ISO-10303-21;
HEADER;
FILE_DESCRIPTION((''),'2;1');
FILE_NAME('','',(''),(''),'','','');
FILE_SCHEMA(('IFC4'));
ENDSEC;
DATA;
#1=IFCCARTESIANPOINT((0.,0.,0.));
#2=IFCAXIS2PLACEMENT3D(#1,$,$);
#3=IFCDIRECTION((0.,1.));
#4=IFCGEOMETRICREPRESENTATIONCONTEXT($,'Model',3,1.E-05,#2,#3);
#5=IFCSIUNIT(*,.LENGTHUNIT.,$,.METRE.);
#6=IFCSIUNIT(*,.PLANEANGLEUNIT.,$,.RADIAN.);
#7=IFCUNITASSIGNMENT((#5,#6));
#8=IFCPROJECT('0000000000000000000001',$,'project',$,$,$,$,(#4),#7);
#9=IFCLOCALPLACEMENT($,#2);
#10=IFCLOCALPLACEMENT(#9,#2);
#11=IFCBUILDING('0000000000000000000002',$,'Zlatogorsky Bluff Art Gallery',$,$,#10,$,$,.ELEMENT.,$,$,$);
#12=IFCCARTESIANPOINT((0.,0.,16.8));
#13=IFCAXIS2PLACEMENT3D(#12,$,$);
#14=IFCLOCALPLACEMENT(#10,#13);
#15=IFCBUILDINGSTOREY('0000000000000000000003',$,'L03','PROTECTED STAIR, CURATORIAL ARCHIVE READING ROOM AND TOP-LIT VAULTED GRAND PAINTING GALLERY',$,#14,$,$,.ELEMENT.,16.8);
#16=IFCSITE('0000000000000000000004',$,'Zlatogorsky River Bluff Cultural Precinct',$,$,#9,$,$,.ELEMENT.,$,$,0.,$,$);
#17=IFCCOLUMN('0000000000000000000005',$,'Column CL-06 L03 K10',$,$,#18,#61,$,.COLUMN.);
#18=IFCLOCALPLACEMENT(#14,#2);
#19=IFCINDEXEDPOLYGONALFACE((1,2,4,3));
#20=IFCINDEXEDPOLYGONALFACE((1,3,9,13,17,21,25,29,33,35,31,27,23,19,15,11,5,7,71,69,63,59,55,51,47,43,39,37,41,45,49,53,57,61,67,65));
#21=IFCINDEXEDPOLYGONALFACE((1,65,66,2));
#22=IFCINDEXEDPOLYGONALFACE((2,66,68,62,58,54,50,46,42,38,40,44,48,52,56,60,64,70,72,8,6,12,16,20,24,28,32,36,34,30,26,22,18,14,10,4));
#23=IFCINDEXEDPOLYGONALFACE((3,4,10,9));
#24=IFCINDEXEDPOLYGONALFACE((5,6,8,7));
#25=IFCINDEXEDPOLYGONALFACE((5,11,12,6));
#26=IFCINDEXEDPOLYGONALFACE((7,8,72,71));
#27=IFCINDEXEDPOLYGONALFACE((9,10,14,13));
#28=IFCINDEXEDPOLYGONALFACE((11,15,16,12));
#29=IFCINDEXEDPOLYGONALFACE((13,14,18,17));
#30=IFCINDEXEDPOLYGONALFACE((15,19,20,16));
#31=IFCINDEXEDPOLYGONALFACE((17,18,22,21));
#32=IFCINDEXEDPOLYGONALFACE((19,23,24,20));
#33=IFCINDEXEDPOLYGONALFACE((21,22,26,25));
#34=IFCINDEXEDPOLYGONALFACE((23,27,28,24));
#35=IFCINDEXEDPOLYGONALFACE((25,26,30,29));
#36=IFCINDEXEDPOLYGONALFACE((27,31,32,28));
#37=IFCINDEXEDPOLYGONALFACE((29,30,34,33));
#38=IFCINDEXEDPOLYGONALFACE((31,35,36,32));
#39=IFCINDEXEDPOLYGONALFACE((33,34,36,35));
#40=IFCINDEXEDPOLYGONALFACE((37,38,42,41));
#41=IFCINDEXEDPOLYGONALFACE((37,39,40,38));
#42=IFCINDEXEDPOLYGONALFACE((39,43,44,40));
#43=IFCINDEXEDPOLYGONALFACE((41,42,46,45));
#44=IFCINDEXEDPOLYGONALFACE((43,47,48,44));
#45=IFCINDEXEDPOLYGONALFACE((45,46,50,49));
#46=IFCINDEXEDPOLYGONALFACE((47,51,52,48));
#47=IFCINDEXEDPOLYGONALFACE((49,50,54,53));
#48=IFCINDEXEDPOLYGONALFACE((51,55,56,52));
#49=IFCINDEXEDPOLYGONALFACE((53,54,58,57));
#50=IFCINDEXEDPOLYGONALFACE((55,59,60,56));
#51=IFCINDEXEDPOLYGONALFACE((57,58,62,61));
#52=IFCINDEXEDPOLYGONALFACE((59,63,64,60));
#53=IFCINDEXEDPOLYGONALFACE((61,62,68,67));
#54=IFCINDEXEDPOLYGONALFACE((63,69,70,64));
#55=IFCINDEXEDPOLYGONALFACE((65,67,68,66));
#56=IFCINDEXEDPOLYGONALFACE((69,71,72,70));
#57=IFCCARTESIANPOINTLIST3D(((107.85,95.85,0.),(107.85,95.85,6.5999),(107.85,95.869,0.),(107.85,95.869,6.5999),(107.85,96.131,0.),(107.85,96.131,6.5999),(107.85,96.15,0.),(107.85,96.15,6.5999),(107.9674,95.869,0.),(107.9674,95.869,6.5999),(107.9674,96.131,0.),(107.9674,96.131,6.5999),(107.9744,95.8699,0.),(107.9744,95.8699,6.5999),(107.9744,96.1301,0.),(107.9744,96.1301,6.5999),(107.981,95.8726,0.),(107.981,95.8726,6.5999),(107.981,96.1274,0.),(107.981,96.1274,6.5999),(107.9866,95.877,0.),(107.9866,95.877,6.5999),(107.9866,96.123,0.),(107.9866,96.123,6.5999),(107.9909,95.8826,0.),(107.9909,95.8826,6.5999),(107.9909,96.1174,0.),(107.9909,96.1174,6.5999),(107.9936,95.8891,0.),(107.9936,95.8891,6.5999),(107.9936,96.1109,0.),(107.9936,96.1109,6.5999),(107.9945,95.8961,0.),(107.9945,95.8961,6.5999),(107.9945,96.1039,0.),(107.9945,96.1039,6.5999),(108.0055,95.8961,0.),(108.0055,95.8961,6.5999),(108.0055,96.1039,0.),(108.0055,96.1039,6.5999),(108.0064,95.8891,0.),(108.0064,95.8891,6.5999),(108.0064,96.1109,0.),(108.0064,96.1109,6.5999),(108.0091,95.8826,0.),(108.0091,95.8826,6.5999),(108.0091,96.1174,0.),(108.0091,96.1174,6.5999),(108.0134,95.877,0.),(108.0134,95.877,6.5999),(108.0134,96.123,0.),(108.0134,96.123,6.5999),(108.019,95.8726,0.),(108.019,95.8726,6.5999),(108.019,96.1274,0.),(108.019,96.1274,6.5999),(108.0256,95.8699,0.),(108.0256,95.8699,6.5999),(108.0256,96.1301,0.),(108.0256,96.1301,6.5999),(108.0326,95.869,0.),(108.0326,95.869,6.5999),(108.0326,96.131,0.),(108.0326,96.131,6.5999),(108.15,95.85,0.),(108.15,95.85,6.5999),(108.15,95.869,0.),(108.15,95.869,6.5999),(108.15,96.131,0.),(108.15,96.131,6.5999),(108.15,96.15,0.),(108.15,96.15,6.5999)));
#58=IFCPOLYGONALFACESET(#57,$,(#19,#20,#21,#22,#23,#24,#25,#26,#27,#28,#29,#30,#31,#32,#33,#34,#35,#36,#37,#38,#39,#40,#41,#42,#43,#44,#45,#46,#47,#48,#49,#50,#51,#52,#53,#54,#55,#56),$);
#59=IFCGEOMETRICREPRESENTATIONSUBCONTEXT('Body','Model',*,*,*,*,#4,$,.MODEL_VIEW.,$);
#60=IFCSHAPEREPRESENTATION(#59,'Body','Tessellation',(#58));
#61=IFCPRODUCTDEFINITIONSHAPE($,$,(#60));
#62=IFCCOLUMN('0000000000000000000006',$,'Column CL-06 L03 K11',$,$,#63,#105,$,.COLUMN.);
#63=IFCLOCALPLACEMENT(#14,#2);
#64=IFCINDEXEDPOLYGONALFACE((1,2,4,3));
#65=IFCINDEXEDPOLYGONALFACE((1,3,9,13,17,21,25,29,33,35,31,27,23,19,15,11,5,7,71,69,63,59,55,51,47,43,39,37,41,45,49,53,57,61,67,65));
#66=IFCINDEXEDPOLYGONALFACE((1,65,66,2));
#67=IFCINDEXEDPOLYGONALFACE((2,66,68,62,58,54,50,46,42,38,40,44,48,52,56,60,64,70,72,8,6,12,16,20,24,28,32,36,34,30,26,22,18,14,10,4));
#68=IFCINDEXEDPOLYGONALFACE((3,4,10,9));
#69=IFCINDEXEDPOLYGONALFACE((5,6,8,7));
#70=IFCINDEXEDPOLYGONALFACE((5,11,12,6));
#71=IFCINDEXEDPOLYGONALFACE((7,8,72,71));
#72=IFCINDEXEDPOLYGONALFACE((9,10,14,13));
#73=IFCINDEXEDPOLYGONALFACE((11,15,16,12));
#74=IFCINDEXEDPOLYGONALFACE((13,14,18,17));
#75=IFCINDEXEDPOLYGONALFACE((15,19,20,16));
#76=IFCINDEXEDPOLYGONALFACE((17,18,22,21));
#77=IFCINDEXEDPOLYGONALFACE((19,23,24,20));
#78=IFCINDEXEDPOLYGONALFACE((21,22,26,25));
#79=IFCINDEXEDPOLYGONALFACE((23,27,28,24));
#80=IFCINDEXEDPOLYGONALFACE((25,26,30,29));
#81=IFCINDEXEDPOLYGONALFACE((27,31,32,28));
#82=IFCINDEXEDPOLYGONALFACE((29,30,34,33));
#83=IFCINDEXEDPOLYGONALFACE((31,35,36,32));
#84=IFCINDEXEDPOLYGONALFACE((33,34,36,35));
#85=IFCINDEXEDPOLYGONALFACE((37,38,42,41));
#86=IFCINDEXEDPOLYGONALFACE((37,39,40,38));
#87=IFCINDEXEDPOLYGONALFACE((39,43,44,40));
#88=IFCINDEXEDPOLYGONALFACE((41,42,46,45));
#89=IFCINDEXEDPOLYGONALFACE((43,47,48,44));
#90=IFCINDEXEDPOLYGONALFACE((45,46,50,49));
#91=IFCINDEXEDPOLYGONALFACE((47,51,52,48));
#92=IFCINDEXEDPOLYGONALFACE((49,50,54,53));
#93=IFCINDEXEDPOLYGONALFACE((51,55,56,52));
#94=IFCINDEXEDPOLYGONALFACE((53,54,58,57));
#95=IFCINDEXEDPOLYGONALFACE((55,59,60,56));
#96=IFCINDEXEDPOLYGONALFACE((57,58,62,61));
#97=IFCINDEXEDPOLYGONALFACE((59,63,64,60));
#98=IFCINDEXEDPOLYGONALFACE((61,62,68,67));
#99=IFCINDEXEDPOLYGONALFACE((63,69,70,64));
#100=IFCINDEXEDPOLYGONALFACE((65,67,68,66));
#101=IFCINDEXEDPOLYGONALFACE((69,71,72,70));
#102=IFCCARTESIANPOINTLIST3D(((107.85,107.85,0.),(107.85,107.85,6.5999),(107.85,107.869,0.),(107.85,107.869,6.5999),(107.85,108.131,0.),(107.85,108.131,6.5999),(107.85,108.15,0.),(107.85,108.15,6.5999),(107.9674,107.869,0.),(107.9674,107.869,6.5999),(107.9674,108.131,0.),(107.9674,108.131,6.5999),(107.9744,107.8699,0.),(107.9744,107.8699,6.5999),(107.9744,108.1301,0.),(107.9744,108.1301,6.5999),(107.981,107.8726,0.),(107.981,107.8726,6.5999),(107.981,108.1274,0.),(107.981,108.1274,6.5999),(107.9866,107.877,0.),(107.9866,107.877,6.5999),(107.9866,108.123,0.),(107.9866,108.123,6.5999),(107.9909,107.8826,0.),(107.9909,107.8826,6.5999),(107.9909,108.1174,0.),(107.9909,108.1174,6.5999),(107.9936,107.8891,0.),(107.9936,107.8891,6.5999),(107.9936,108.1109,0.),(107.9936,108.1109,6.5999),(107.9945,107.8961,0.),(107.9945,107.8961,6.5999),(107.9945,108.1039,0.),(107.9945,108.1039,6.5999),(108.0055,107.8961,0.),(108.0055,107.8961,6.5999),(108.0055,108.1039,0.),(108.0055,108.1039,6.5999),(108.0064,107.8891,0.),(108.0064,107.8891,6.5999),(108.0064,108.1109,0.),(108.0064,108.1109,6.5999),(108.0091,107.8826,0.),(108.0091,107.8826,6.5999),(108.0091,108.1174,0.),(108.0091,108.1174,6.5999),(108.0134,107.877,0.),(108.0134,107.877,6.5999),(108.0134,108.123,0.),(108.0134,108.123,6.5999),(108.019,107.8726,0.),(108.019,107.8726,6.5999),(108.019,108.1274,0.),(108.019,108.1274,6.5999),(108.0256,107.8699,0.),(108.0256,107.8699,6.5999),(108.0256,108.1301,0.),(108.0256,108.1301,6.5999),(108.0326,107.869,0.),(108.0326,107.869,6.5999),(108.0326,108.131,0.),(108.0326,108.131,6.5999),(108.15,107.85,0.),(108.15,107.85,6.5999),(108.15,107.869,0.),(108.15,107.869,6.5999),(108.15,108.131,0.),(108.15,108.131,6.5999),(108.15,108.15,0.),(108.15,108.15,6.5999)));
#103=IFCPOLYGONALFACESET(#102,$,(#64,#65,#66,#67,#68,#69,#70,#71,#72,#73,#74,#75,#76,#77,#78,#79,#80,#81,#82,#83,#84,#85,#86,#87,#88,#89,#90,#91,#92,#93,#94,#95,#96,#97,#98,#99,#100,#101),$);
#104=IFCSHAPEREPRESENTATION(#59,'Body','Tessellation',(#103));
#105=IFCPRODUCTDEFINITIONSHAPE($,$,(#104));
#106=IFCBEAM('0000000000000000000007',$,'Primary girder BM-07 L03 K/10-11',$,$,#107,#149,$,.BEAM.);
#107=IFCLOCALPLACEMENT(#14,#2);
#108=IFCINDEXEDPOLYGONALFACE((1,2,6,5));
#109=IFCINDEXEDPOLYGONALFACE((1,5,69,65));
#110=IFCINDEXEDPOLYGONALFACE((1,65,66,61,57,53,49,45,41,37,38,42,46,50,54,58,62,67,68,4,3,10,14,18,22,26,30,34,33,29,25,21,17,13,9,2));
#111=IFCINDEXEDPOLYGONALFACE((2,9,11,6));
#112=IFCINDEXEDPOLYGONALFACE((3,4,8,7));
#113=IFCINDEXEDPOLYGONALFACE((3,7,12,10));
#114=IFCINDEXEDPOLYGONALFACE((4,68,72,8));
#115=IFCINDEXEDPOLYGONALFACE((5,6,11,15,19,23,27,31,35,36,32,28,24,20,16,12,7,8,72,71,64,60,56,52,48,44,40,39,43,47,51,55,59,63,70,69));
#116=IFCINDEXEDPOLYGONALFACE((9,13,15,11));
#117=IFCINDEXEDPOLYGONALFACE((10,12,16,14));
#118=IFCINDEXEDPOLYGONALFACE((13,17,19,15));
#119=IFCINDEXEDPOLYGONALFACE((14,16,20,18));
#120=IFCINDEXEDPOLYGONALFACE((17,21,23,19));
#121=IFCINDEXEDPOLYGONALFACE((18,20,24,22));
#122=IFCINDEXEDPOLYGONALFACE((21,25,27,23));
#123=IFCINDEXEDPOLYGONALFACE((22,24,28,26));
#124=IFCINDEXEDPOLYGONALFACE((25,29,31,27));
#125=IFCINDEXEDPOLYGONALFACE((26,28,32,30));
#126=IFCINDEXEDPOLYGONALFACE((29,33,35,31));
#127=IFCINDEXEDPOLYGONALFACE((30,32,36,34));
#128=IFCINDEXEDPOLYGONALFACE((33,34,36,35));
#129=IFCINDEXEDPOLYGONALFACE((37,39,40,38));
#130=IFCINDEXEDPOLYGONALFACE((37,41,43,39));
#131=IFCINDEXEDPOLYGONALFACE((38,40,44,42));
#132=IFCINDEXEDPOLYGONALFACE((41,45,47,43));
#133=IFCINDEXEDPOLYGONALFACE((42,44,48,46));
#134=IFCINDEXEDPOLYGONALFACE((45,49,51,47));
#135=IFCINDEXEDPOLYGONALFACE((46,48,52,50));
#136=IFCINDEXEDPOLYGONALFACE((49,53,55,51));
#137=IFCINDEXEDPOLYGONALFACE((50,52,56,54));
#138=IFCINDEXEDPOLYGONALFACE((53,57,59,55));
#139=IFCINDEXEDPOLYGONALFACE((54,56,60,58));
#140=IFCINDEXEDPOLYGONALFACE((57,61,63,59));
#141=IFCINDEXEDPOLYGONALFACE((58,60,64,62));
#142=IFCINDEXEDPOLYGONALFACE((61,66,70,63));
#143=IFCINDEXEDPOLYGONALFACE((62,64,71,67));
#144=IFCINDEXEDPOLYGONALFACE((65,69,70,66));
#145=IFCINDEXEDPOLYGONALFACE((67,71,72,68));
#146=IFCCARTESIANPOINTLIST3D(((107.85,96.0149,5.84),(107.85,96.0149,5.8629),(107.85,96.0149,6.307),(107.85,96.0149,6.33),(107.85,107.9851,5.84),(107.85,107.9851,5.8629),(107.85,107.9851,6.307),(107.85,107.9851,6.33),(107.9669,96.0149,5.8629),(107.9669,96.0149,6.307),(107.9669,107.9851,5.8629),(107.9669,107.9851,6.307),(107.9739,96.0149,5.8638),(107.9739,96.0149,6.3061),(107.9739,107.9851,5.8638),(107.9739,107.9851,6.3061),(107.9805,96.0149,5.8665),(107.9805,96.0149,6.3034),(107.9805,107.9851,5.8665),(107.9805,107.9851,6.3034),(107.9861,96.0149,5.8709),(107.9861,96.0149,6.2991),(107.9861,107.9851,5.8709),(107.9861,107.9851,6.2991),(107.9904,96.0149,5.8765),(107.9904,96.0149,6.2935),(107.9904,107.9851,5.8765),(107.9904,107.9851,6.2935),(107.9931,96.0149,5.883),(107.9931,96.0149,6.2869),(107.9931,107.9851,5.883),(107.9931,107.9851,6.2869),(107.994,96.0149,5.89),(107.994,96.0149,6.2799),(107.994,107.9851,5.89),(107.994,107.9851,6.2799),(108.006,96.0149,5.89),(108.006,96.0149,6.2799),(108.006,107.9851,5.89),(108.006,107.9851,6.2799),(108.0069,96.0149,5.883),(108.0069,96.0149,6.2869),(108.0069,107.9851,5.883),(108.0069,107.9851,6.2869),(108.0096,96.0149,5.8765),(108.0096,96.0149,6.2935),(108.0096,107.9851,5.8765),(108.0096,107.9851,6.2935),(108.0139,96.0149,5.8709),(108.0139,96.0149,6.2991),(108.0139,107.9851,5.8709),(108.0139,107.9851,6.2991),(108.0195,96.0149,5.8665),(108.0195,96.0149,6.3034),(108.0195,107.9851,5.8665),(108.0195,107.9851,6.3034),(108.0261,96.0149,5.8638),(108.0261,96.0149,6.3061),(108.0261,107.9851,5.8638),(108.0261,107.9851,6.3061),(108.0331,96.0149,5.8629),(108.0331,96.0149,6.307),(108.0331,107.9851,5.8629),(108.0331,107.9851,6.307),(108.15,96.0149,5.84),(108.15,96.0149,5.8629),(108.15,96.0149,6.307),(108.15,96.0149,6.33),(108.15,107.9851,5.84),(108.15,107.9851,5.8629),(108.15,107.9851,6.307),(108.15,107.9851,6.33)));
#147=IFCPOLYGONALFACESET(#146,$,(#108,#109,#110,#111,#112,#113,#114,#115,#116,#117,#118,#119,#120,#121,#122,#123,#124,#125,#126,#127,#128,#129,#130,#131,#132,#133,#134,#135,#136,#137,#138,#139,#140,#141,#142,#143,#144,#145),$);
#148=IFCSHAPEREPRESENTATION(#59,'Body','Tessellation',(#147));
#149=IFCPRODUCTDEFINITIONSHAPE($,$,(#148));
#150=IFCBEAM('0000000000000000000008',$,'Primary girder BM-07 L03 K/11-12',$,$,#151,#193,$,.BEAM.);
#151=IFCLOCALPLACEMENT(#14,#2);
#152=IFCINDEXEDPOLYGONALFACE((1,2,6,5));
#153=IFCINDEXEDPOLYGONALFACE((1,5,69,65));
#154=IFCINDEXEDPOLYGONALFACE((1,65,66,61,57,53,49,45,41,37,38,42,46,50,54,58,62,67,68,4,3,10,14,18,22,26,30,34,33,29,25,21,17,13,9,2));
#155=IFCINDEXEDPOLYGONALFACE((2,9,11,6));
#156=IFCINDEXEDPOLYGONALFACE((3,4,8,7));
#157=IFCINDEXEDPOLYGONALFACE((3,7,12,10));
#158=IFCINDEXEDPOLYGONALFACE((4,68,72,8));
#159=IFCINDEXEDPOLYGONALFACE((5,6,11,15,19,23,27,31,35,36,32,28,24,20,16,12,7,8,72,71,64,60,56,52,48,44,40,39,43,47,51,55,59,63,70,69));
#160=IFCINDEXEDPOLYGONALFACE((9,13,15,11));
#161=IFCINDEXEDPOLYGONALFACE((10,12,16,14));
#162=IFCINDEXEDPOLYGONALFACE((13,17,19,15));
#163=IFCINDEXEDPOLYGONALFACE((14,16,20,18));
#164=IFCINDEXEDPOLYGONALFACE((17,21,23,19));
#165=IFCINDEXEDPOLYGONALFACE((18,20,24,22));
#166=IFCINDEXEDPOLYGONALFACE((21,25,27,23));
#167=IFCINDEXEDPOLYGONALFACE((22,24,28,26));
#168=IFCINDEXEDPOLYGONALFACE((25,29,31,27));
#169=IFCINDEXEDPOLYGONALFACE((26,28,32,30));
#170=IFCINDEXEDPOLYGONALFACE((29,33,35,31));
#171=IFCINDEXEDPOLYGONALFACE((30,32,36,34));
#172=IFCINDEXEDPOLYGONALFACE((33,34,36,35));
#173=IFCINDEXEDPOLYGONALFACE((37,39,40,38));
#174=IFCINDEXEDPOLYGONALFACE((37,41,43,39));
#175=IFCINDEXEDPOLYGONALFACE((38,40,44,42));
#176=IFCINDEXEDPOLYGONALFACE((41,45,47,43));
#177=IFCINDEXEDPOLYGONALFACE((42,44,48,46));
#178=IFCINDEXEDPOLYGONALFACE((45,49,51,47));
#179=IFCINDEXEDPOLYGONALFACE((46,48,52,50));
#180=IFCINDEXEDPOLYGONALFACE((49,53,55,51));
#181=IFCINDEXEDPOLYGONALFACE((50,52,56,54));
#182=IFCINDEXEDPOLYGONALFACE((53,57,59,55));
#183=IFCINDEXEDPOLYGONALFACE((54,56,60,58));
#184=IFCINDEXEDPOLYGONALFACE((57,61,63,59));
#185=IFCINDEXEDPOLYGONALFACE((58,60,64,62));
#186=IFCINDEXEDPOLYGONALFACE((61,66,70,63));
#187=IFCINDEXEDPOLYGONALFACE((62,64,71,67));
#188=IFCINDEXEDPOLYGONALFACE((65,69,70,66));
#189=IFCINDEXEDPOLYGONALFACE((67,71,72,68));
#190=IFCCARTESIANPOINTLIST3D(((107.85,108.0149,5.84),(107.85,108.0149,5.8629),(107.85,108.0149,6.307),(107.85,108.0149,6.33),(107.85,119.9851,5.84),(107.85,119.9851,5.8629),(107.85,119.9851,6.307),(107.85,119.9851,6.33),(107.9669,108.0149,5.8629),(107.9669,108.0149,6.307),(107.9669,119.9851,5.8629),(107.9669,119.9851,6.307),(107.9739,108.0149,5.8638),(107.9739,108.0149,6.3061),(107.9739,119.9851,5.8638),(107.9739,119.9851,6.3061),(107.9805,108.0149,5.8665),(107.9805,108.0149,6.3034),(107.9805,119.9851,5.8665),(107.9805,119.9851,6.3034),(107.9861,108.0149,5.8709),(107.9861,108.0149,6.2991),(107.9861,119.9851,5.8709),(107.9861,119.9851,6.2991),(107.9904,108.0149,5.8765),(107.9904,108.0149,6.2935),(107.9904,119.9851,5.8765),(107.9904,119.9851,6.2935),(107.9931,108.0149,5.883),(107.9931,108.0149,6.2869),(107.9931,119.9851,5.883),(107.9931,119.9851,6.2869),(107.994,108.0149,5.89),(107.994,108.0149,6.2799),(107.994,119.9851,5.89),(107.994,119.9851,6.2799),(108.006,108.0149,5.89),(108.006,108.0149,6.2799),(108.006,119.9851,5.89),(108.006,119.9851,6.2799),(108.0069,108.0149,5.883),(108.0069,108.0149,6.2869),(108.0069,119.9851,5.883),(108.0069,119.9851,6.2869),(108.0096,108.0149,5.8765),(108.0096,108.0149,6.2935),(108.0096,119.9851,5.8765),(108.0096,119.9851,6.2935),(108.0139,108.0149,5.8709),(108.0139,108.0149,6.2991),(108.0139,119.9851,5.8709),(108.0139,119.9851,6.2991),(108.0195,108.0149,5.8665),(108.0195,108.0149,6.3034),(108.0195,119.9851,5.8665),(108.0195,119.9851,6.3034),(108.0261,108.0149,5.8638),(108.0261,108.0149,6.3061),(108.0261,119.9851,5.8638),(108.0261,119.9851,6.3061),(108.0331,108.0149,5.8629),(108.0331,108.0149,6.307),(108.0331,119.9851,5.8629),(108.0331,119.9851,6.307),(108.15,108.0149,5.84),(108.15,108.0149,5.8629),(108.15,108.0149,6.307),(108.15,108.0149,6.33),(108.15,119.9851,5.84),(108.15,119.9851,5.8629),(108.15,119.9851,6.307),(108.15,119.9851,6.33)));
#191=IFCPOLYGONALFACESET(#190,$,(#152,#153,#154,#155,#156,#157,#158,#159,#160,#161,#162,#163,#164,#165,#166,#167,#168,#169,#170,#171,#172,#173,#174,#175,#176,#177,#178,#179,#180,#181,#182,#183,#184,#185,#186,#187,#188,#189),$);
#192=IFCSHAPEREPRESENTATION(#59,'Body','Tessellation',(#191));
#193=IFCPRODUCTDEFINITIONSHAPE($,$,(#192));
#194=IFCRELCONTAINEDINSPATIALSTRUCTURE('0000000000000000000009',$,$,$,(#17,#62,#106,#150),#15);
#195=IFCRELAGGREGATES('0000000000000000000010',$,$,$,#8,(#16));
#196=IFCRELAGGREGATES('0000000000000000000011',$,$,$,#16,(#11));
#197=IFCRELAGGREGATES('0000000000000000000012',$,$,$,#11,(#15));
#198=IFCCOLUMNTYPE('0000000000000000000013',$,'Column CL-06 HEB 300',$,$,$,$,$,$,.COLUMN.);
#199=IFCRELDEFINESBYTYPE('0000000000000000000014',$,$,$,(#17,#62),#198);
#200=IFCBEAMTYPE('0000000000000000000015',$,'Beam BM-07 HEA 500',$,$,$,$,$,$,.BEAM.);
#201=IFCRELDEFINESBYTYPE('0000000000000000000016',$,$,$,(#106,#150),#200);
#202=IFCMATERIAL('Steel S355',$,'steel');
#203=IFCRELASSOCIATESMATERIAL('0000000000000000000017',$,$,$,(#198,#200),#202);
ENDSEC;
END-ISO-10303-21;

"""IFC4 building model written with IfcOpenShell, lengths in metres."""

from ifc_helpers import new_model, si_unit, direction, frame, origin, origin_2d, place, context, subcontext, project, spatial, i_section, extrude, material, material_profile, profile_set, type_object, element, save


model = new_model("IFC4")

# Units and contexts
model_context = context("Model", 3, precision=1e-05, world=origin(), true_north=direction((0.0, 1.0)))
body_context = subcontext(model_context, "Body", "Model", "MODEL_VIEW")
ifc_project = project(units=[si_unit("LENGTHUNIT", "METRE"), si_unit("PLANEANGLEUNIT", "RADIAN")], contexts=[model_context])

# Site, building, storey
site_placement = place(None, origin())
site = spatial("IfcSite", under=ifc_project, at=site_placement, Name="Zlatogorsky River Bluff Cultural Precinct", CompositionType="ELEMENT", RefElevation=0.0)
building_placement = place(site_placement, origin())
building = spatial("IfcBuilding", under=site, at=building_placement, Name="Zlatogorsky Bluff Art Gallery", CompositionType="ELEMENT")
storey_placement = place(building_placement, frame((0.0, 0.0, 16.8)))
storey = spatial("IfcBuildingStorey", under=building, at=storey_placement, Name="L03", Description="PROTECTED STAIR, CURATORIAL ARCHIVE READING ROOM AND TOP-LIT VAULTED GRAND PAINTING GALLERY", CompositionType="ELEMENT", Elevation=16.8)

# Columns
ifc_material_1 = material(Name="Steel S355", Category="steel")
ifc_material_profile_1 = material_profile(ifc_material_1, i_section(OverallWidth=0.3, OverallDepth=0.3, WebThickness=0.011, FlangeThickness=0.019, FilletRadius=0.0271, at=origin_2d()), Name="HEB 300")
ifc_profile_set_1 = profile_set([ifc_material_profile_1], Name="Steel S355")
column_type = type_object("IfcColumnType", Name="Column CL-06 HEB 300", PredefinedType="COLUMN", material=ifc_profile_set_1)
for number, where, z_axis, x_axis, name in (
    (1, (108.0, 96.0, 0.0), (0.0, 0.0, 1.0), (1.0, 0.0, 0.0), "Column CL-06 L03 K10"),
    (2, (108.0, 108.0, 0.0), (0.0, 0.0, 1.0), (1.0, 0.0, 0.0), "Column CL-06 L03 K11"),
):
    element("IfcColumn", number, at=place(storey_placement, frame(where, z_axis=z_axis, x_axis=x_axis)), inside=storey, type_object=column_type, Name=name, PredefinedType="COLUMN", context=body_context, shape_type="SweptSolid", body=[
        extrude(i_section(OverallWidth=0.3, OverallDepth=0.3, WebThickness=0.011, FlangeThickness=0.019, FilletRadius=0.0271, at=origin_2d()), origin(), (0.0, 0.0, 1.0), 6.5999),
    ])

# Beams
ifc_material_profile_2 = material_profile(ifc_material_1, i_section(OverallWidth=0.3, OverallDepth=0.49, WebThickness=0.012, FlangeThickness=0.0229, FilletRadius=0.0271, at=origin_2d()), Name="HEA 500")
ifc_profile_set_2 = profile_set([ifc_material_profile_2], Name="Steel S355")
beam_type_1 = type_object("IfcBeamType", Name="Beam BM-07 HEA 500", PredefinedType="BEAM", material=ifc_profile_set_2)
for number, where, z_axis, x_axis, name in (
    (3, (108.0, 96.0149, 6.085), (0.0, 1.0, 0.0), (-1.0, 0.0, 0.0), "Primary girder BM-07 L03 K/10-11"),
    (4, (108.0, 108.0149, 6.085), (0.0, 1.0, 0.0), (-1.0, 0.0, 0.0), "Primary girder BM-07 L03 K/11-12"),
):
    element("IfcBeam", number, at=place(storey_placement, frame(where, z_axis=z_axis, x_axis=x_axis)), inside=storey, type_object=beam_type_1, Name=name, PredefinedType="BEAM", context=body_context, shape_type="SweptSolid", body=[
        extrude(i_section(OverallWidth=0.3, OverallDepth=0.49, WebThickness=0.012, FlangeThickness=0.0229, FilletRadius=0.0271, at=origin_2d()), origin(), (0.0, 0.0, 1.0), 11.9702),
    ])

save(model, "model.ifc")
